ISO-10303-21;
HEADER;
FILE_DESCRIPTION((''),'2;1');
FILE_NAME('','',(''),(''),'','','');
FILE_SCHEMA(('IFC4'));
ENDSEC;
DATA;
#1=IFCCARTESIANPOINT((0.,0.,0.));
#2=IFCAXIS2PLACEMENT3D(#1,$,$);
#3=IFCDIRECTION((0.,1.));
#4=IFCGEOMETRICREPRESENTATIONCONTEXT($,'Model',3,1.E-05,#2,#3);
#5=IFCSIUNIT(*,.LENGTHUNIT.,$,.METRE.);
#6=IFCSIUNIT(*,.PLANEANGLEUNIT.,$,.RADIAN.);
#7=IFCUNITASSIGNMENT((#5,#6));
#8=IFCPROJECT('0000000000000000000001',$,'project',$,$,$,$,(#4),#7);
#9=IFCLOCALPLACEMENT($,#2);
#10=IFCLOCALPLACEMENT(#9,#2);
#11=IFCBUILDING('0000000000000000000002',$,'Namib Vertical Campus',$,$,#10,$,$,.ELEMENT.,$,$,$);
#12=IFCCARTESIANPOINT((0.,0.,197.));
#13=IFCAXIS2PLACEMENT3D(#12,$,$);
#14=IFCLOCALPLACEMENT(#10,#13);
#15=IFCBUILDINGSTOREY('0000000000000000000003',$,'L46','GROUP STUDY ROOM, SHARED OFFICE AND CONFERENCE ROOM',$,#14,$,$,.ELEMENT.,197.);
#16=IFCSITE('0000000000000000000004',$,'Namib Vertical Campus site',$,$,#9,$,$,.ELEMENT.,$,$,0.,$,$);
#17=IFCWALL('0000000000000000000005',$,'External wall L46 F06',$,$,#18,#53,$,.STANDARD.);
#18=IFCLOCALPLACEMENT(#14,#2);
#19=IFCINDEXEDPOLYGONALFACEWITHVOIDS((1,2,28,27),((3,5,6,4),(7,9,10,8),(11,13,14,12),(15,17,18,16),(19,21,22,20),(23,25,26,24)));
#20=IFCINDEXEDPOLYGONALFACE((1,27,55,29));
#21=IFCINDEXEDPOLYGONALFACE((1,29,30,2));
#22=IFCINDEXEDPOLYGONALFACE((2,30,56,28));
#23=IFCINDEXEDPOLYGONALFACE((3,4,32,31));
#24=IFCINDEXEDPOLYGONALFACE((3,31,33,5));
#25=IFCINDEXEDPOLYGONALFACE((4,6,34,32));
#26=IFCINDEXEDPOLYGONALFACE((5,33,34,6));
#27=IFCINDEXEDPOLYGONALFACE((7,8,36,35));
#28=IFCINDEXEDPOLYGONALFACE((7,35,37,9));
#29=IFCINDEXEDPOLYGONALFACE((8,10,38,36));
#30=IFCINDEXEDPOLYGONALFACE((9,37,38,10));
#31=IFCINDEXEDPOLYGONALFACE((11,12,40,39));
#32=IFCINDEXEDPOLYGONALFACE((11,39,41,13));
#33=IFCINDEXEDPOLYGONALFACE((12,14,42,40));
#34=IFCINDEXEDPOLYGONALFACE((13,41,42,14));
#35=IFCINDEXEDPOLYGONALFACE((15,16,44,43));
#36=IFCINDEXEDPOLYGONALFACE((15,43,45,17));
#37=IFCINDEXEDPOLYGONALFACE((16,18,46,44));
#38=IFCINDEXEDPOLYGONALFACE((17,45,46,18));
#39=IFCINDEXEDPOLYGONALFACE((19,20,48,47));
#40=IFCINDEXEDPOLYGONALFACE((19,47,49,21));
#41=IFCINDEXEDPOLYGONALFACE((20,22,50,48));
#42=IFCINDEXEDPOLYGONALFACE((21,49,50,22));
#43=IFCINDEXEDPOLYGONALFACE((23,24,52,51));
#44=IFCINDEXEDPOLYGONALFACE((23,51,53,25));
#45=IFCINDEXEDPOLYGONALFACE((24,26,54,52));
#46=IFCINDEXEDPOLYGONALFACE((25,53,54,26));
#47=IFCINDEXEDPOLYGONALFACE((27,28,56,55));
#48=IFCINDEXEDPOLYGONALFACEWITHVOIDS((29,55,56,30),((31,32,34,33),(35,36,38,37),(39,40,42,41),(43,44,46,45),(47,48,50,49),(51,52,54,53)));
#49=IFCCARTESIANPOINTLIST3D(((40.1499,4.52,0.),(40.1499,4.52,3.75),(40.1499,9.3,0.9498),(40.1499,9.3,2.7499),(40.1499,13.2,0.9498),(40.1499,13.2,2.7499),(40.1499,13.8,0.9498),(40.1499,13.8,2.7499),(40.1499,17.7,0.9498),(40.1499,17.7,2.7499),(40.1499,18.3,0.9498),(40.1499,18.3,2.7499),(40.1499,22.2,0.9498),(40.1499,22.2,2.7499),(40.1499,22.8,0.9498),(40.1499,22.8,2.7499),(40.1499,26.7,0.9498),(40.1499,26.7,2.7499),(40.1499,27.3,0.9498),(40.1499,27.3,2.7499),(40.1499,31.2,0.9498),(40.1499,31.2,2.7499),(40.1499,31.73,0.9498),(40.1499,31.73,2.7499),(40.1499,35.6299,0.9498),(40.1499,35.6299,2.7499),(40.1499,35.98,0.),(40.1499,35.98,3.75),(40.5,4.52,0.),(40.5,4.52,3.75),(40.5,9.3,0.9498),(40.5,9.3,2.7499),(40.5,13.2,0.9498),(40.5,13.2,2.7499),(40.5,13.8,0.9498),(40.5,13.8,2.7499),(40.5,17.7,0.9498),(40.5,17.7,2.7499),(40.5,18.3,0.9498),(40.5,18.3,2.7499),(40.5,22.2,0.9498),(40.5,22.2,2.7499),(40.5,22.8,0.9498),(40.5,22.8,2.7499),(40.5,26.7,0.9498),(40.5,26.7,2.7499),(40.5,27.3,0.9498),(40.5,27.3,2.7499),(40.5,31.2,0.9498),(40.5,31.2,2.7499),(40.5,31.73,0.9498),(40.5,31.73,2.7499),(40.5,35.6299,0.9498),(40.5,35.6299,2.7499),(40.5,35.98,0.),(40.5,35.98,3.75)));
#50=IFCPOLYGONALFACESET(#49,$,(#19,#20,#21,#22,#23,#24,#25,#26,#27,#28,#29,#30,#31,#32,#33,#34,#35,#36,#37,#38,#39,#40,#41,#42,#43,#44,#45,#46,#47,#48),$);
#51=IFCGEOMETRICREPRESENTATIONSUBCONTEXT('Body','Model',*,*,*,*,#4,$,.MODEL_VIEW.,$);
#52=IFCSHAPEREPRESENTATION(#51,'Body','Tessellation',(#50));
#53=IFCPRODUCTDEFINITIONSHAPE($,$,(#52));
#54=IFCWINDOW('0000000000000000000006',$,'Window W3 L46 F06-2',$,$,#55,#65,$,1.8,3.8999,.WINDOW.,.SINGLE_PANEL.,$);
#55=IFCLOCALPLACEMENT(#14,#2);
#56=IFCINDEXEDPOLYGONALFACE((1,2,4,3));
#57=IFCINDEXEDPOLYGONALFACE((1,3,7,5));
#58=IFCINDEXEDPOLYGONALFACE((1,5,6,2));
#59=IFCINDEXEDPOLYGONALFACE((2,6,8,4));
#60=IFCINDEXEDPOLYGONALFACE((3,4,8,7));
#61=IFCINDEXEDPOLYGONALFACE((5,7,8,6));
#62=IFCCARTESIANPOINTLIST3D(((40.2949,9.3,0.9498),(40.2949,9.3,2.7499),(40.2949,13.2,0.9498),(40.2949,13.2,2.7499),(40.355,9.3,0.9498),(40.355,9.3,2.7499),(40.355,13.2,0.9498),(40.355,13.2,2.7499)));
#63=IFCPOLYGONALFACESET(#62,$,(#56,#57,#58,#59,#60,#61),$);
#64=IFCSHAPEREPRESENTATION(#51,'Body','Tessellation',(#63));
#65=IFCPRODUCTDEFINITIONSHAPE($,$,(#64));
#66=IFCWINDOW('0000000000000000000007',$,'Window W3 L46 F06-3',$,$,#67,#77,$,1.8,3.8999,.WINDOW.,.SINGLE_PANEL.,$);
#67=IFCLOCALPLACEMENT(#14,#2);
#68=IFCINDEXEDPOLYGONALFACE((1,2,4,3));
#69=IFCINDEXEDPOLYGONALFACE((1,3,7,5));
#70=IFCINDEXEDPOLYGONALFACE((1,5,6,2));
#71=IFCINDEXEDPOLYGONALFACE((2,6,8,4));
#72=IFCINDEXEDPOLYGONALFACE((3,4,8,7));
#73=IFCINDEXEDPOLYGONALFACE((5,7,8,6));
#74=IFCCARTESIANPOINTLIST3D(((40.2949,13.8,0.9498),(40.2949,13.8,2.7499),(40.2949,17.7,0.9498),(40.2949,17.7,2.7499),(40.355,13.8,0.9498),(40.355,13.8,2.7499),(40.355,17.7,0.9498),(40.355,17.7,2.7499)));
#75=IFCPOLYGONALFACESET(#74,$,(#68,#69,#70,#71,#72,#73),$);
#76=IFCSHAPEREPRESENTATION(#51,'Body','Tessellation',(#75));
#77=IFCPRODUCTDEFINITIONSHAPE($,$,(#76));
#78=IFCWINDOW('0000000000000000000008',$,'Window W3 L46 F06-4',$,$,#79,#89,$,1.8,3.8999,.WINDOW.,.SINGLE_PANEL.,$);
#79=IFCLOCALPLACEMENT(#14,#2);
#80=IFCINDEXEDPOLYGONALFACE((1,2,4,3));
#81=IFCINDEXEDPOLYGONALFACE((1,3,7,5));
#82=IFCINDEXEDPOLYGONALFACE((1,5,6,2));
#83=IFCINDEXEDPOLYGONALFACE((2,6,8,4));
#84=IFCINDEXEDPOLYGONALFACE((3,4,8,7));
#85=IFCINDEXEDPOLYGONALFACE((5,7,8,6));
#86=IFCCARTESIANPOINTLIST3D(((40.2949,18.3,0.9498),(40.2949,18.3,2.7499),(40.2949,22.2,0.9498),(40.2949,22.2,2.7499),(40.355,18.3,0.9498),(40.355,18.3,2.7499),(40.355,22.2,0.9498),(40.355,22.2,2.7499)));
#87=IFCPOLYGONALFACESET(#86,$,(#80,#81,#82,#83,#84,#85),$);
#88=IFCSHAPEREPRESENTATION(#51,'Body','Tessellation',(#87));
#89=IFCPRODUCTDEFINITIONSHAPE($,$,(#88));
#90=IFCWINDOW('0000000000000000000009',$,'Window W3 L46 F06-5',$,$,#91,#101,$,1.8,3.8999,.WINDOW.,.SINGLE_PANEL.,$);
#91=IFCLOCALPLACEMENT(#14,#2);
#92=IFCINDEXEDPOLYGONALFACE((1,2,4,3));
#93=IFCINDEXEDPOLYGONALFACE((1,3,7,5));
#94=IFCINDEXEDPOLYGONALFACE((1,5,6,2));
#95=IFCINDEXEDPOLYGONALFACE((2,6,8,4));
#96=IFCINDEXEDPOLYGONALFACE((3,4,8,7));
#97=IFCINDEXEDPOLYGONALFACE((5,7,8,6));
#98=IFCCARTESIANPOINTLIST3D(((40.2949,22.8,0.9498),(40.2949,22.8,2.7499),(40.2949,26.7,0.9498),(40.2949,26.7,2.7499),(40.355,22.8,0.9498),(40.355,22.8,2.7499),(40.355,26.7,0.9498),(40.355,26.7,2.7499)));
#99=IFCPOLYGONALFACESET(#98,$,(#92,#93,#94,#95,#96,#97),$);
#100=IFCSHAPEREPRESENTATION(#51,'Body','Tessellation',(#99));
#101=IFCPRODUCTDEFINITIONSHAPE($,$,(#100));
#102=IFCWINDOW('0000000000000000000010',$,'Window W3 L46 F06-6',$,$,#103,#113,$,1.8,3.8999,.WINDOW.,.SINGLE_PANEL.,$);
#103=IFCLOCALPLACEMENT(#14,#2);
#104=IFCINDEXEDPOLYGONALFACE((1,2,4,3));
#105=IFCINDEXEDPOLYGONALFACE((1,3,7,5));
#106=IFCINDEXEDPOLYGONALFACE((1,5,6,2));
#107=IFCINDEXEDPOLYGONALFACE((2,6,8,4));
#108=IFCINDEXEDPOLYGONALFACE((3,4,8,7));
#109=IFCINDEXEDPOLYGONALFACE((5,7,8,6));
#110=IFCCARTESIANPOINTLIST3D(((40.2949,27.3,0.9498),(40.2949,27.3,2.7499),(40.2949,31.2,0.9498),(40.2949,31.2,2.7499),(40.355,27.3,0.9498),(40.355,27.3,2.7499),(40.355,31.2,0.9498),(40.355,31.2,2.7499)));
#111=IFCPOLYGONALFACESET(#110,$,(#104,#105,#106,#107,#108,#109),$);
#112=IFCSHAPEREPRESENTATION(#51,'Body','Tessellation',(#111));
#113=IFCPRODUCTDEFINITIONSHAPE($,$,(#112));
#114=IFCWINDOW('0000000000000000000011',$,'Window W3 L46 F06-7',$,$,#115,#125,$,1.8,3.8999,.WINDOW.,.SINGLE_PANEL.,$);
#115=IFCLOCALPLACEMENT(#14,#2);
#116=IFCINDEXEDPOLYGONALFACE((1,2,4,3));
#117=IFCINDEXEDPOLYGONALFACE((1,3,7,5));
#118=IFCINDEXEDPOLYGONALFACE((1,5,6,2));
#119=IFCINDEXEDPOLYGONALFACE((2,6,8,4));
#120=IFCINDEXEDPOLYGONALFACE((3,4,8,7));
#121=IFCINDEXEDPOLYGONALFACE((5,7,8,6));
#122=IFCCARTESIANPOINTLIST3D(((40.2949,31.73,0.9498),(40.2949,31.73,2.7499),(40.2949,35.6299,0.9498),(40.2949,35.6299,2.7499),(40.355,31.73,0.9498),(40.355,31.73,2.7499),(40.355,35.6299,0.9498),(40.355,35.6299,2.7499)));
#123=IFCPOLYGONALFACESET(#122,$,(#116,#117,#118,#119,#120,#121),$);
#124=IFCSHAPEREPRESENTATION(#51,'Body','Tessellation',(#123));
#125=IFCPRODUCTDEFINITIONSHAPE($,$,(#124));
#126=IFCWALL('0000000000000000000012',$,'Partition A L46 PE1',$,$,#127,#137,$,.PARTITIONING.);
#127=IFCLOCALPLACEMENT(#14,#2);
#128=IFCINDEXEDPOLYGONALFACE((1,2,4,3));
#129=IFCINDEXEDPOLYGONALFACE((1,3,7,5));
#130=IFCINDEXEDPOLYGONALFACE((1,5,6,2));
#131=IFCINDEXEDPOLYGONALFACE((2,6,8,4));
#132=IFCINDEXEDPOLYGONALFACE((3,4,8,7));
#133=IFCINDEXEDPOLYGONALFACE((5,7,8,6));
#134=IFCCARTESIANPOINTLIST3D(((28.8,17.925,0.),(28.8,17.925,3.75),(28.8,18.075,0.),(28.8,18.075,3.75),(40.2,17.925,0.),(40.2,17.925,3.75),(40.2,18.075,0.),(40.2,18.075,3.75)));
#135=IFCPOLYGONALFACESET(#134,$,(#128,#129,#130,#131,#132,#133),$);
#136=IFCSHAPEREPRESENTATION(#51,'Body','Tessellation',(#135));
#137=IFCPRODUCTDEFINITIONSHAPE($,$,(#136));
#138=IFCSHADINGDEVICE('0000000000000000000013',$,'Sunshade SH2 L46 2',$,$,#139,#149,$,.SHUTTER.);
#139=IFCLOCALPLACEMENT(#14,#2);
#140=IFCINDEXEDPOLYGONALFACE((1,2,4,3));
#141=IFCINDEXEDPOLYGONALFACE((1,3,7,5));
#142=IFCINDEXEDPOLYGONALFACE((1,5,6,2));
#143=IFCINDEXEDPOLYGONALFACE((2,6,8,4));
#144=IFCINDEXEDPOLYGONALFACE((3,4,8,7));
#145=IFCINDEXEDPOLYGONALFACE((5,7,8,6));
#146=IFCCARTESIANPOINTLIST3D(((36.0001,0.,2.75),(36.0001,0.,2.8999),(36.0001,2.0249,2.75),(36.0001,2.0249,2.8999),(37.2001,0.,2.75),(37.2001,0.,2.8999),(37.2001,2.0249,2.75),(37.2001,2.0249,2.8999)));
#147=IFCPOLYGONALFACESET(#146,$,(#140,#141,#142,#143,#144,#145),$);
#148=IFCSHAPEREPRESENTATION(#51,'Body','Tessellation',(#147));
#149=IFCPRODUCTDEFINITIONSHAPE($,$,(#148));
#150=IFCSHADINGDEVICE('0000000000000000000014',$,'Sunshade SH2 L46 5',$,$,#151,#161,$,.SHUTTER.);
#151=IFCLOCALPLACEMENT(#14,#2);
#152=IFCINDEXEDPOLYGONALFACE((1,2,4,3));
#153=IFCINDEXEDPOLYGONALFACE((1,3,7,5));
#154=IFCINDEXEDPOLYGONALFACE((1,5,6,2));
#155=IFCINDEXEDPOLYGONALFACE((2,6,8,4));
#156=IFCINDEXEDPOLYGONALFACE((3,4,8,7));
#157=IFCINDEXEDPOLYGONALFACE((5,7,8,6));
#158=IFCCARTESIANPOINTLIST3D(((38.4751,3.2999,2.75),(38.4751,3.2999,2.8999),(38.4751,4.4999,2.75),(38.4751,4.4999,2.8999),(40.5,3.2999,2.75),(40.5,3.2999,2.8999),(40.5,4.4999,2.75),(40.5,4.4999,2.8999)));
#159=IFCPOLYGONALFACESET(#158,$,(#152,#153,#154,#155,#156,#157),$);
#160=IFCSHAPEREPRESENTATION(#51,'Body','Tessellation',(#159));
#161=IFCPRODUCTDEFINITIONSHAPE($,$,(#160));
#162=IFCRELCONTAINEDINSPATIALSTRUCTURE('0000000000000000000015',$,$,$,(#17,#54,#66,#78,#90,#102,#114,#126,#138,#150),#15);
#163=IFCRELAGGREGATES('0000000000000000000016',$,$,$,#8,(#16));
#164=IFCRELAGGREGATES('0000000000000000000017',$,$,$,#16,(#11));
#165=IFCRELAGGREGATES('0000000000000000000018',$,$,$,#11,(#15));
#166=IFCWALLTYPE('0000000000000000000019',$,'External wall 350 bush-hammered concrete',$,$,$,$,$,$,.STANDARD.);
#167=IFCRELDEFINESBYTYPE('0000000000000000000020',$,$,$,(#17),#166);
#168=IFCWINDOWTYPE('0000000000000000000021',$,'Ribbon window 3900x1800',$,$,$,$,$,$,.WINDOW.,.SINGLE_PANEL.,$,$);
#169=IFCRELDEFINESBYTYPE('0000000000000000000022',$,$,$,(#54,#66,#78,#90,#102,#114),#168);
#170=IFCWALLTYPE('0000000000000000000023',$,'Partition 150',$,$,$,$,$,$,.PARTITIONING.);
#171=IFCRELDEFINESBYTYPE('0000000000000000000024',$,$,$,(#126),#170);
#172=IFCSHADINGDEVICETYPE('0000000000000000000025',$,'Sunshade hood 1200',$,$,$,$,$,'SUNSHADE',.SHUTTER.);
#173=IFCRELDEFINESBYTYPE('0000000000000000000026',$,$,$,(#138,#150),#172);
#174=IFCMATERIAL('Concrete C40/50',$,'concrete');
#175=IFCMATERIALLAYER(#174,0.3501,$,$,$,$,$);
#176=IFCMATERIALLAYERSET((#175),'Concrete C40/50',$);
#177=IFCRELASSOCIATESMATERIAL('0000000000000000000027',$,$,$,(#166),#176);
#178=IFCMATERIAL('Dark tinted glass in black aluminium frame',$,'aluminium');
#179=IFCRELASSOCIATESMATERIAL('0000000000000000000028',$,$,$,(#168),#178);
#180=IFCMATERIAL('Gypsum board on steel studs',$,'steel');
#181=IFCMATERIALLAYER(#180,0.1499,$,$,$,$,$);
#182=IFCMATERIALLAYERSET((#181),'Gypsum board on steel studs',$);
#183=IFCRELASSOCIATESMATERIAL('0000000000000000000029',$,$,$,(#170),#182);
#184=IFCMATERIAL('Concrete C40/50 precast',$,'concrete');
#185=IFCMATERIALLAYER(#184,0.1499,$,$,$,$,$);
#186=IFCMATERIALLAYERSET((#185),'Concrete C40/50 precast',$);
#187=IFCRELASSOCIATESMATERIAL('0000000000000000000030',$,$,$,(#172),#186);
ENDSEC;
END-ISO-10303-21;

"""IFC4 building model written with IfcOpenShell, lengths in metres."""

from ifc_helpers import new_model, si_unit, direction, frame, frame_2d, origin, origin_2d, place, context, subcontext, project, spatial, rectangle, extrude, material, layer, layer_set, type_object, element, fill, save


model = new_model("IFC4")

# Units and contexts
model_context = context("Model", 3, precision=1e-05, world=origin(), true_north=direction((0.0, 1.0)))
body_context = subcontext(model_context, "Body", "Model", "MODEL_VIEW")
ifc_project = project(units=[si_unit("LENGTHUNIT", "METRE"), si_unit("PLANEANGLEUNIT", "RADIAN")], contexts=[model_context])

# Site, building, storey
site_placement = place(None, origin())
site = spatial("IfcSite", under=ifc_project, at=site_placement, Name="Namib Vertical Campus site", CompositionType="ELEMENT", RefElevation=0.0)
building_placement = place(site_placement, origin())
building = spatial("IfcBuilding", under=site, at=building_placement, Name="Namib Vertical Campus", CompositionType="ELEMENT")
storey_placement = place(building_placement, frame((0.0, 0.0, 197.0)))
storey = spatial("IfcBuildingStorey", under=building, at=storey_placement, Name="L46", Description="GROUP STUDY ROOM, SHARED OFFICE AND CONFERENCE ROOM", CompositionType="ELEMENT", Elevation=197.0)

# Shared definitions
ifc_material_1 = material(Name="Concrete C40/50", Category="concrete")
ifc_layer_1 = layer(ifc_material_1, 0.3501)
ifc_layer_set_1 = layer_set([ifc_layer_1], Name="Concrete C40/50")
wall_type_1 = type_object("IfcWallType", Name="External wall 350 bush-hammered concrete", PredefinedType="STANDARD", material=ifc_layer_set_1)

# Wall, openings, windows
wall_1_placement = place(storey_placement, frame((40.325, 4.52, 0.0), z_axis=(0.0, 0.0, 1.0), x_axis=(0.0, 1.0, 0.0)))
wall_1 = element("IfcWall", 1, at=wall_1_placement, inside=storey, type_object=wall_type_1, Name="External wall L46 F06", PredefinedType="STANDARD", context=body_context, shape_type="SweptSolid", body=[
    extrude(rectangle(XDim=31.46, YDim=0.3501, at=frame_2d((15.73, 0.0))), origin(), (0.0, 0.0, 1.0), 3.75),
])
opening_1_placement = place(wall_1_placement, frame((4.78, 0.0, 0.95)))
opening_1 = element("IfcOpeningElement", 2, at=opening_1_placement, cuts=wall_1, PredefinedType="OPENING", context=body_context, shape_type="SweptSolid", body=[
    extrude(rectangle(XDim=3.8999, YDim=1.8, at=frame_2d((1.95, 0.8999))), frame((0.0, 0.1851, 0.0), z_axis=(0.0, -1.0, 0.0), x_axis=(1.0, 0.0, 0.0)), (0.0, 0.0, 1.0), 0.3701),
])
opening_2_placement = place(wall_1_placement, frame((9.28, 0.0, 0.95)))
opening_2 = element("IfcOpeningElement", 3, at=opening_2_placement, cuts=wall_1, PredefinedType="OPENING", context=body_context, shape_type="SweptSolid", body=[
    extrude(rectangle(XDim=3.8999, YDim=1.8, at=frame_2d((1.95, 0.8999))), frame((0.0, 0.1851, 0.0), z_axis=(0.0, -1.0, 0.0), x_axis=(1.0, 0.0, 0.0)), (0.0, 0.0, 1.0), 0.3701),
])
opening_3_placement = place(wall_1_placement, frame((13.78, 0.0, 0.95)))
opening_3 = element("IfcOpeningElement", 4, at=opening_3_placement, cuts=wall_1, PredefinedType="OPENING", context=body_context, shape_type="SweptSolid", body=[
    extrude(rectangle(XDim=3.8999, YDim=1.8, at=frame_2d((1.95, 0.8999))), frame((0.0, 0.1851, 0.0), z_axis=(0.0, -1.0, 0.0), x_axis=(1.0, 0.0, 0.0)), (0.0, 0.0, 1.0), 0.3701),
])
opening_4_placement = place(wall_1_placement, frame((18.28, 0.0, 0.95)))
opening_4 = element("IfcOpeningElement", 5, at=opening_4_placement, cuts=wall_1, PredefinedType="OPENING", context=body_context, shape_type="SweptSolid", body=[
    extrude(rectangle(XDim=3.8999, YDim=1.8, at=frame_2d((1.95, 0.8999))), frame((0.0, 0.1851, 0.0), z_axis=(0.0, -1.0, 0.0), x_axis=(1.0, 0.0, 0.0)), (0.0, 0.0, 1.0), 0.3701),
])
opening_5_placement = place(wall_1_placement, frame((22.78, 0.0, 0.95)))
opening_5 = element("IfcOpeningElement", 6, at=opening_5_placement, cuts=wall_1, PredefinedType="OPENING", context=body_context, shape_type="SweptSolid", body=[
    extrude(rectangle(XDim=3.8999, YDim=1.8, at=frame_2d((1.95, 0.8999))), frame((0.0, 0.1851, 0.0), z_axis=(0.0, -1.0, 0.0), x_axis=(1.0, 0.0, 0.0)), (0.0, 0.0, 1.0), 0.3701),
])
opening_6_placement = place(wall_1_placement, frame((27.21, 0.0, 0.95)))
opening_6 = element("IfcOpeningElement", 7, at=opening_6_placement, cuts=wall_1, PredefinedType="OPENING", context=body_context, shape_type="SweptSolid", body=[
    extrude(rectangle(XDim=3.8999, YDim=1.8, at=frame_2d((1.95, 0.8999))), frame((0.0, 0.1851, 0.0), z_axis=(0.0, -1.0, 0.0), x_axis=(1.0, 0.0, 0.0)), (0.0, 0.0, 1.0), 0.3701),
])
ifc_material_2 = material(Name="Dark tinted glass in black aluminium frame", Category="aluminium")
window_type = type_object("IfcWindowType", Name="Ribbon window 3900x1800", PartitioningType="SINGLE_PANEL", PredefinedType="WINDOW", material=ifc_material_2)
window_1_placement = place(opening_1_placement, origin())
window_1 = element("IfcWindow", 8, at=window_1_placement, inside=storey, type_object=window_type, Name="Window W3 L46 F06-2", OverallHeight=1.8, OverallWidth=3.8999, PartitioningType="SINGLE_PANEL", PredefinedType="WINDOW", context=body_context, shape_type="SweptSolid", body=[
    extrude(rectangle(XDim=3.8999, YDim=1.8, at=frame_2d((1.95, 0.8999))), frame((0.0, 0.03, 0.0), z_axis=(0.0, -1.0, 0.0), x_axis=(1.0, 0.0, 0.0)), (0.0, 0.0, 1.0), 0.0601),
])
fill(opening_1, window_1)
window_2_placement = place(opening_2_placement, origin())
window_2 = element("IfcWindow", 9, at=window_2_placement, inside=storey, type_object=window_type, Name="Window W3 L46 F06-3", OverallHeight=1.8, OverallWidth=3.8999, PartitioningType="SINGLE_PANEL", PredefinedType="WINDOW", context=body_context, shape_type="SweptSolid", body=[
    extrude(rectangle(XDim=3.8999, YDim=1.8, at=frame_2d((1.95, 0.8999))), frame((0.0, 0.03, 0.0), z_axis=(0.0, -1.0, 0.0), x_axis=(1.0, 0.0, 0.0)), (0.0, 0.0, 1.0), 0.0601),
])
fill(opening_2, window_2)
window_3_placement = place(opening_3_placement, origin())
window_3 = element("IfcWindow", 10, at=window_3_placement, inside=storey, type_object=window_type, Name="Window W3 L46 F06-4", OverallHeight=1.8, OverallWidth=3.8999, PartitioningType="SINGLE_PANEL", PredefinedType="WINDOW", context=body_context, shape_type="SweptSolid", body=[
    extrude(rectangle(XDim=3.8999, YDim=1.8, at=frame_2d((1.95, 0.8999))), frame((0.0, 0.03, 0.0), z_axis=(0.0, -1.0, 0.0), x_axis=(1.0, 0.0, 0.0)), (0.0, 0.0, 1.0), 0.0601),
])
fill(opening_3, window_3)
window_4_placement = place(opening_4_placement, origin())
window_4 = element("IfcWindow", 11, at=window_4_placement, inside=storey, type_object=window_type, Name="Window W3 L46 F06-5", OverallHeight=1.8, OverallWidth=3.8999, PartitioningType="SINGLE_PANEL", PredefinedType="WINDOW", context=body_context, shape_type="SweptSolid", body=[
    extrude(rectangle(XDim=3.8999, YDim=1.8, at=frame_2d((1.95, 0.8999))), frame((0.0, 0.03, 0.0), z_axis=(0.0, -1.0, 0.0), x_axis=(1.0, 0.0, 0.0)), (0.0, 0.0, 1.0), 0.0601),
])
fill(opening_4, window_4)
window_5_placement = place(opening_5_placement, origin())
window_5 = element("IfcWindow", 12, at=window_5_placement, inside=storey, type_object=window_type, Name="Window W3 L46 F06-6", OverallHeight=1.8, OverallWidth=3.8999, PartitioningType="SINGLE_PANEL", PredefinedType="WINDOW", context=body_context, shape_type="SweptSolid", body=[
    extrude(rectangle(XDim=3.8999, YDim=1.8, at=frame_2d((1.95, 0.8999))), frame((0.0, 0.03, 0.0), z_axis=(0.0, -1.0, 0.0), x_axis=(1.0, 0.0, 0.0)), (0.0, 0.0, 1.0), 0.0601),
])
fill(opening_5, window_5)
window_6_placement = place(opening_6_placement, origin())
window_6 = element("IfcWindow", 13, at=window_6_placement, inside=storey, type_object=window_type, Name="Window W3 L46 F06-7", OverallHeight=1.8, OverallWidth=3.8999, PartitioningType="SINGLE_PANEL", PredefinedType="WINDOW", context=body_context, shape_type="SweptSolid", body=[
    extrude(rectangle(XDim=3.8999, YDim=1.8, at=frame_2d((1.95, 0.8999))), frame((0.0, 0.03, 0.0), z_axis=(0.0, -1.0, 0.0), x_axis=(1.0, 0.0, 0.0)), (0.0, 0.0, 1.0), 0.0601),
])
fill(opening_6, window_6)

# Wall
ifc_material_3 = material(Name="Gypsum board on steel studs", Category="steel")
ifc_layer_2 = layer(ifc_material_3, 0.1499)
ifc_layer_set_2 = layer_set([ifc_layer_2], Name="Gypsum board on steel studs")
wall_type_2 = type_object("IfcWallType", Name="Partition 150", PredefinedType="PARTITIONING", material=ifc_layer_set_2)
wall_2_placement = place(storey_placement, frame((28.8, 18.0, 0.0), z_axis=(0.0, 0.0, 1.0), x_axis=(1.0, 0.0, 0.0)))
element("IfcWall", 14, at=wall_2_placement, inside=storey, type_object=wall_type_2, Name="Partition A L46 PE1", PredefinedType="PARTITIONING", context=body_context, shape_type="SweptSolid", body=[
    extrude(rectangle(XDim=11.3999, YDim=0.1499, at=frame_2d((5.7, 0.0))), origin(), (0.0, 0.0, 1.0), 3.75),
])

# Shading devices
ifc_material_4 = material(Name="Concrete C40/50 precast", Category="concrete")
ifc_layer_3 = layer(ifc_material_4, 0.1499)
ifc_layer_set_3 = layer_set([ifc_layer_3], Name="Concrete C40/50 precast")
shading_device_type = type_object("IfcShadingDeviceType", Name="Sunshade hood 1200", ElementType="SUNSHADE", PredefinedType="SHUTTER", material=ifc_layer_set_3)
for number, where, z_axis, x_axis, name in (
    (15, (36.6001, 1.0125, 2.75), (0.0, 0.0, 1.0), (0.0, 1.0, 0.0), "Sunshade SH2 L46 2"),
    (16, (39.4875, 3.8999, 2.75), (0.0, 0.0, 1.0), (1.0, 0.0, 0.0), "Sunshade SH2 L46 5"),
):
    element("IfcShadingDevice", number, at=place(storey_placement, frame(where, z_axis=z_axis, x_axis=x_axis)), inside=storey, type_object=shading_device_type, Name=name, PredefinedType="SHUTTER", context=body_context, shape_type="SweptSolid", body=[
        extrude(rectangle(XDim=2.0249, YDim=1.2, at=origin_2d()), origin(), (0.0, 0.0, 1.0), 0.1499),
    ])

save(model, "model.ifc")
